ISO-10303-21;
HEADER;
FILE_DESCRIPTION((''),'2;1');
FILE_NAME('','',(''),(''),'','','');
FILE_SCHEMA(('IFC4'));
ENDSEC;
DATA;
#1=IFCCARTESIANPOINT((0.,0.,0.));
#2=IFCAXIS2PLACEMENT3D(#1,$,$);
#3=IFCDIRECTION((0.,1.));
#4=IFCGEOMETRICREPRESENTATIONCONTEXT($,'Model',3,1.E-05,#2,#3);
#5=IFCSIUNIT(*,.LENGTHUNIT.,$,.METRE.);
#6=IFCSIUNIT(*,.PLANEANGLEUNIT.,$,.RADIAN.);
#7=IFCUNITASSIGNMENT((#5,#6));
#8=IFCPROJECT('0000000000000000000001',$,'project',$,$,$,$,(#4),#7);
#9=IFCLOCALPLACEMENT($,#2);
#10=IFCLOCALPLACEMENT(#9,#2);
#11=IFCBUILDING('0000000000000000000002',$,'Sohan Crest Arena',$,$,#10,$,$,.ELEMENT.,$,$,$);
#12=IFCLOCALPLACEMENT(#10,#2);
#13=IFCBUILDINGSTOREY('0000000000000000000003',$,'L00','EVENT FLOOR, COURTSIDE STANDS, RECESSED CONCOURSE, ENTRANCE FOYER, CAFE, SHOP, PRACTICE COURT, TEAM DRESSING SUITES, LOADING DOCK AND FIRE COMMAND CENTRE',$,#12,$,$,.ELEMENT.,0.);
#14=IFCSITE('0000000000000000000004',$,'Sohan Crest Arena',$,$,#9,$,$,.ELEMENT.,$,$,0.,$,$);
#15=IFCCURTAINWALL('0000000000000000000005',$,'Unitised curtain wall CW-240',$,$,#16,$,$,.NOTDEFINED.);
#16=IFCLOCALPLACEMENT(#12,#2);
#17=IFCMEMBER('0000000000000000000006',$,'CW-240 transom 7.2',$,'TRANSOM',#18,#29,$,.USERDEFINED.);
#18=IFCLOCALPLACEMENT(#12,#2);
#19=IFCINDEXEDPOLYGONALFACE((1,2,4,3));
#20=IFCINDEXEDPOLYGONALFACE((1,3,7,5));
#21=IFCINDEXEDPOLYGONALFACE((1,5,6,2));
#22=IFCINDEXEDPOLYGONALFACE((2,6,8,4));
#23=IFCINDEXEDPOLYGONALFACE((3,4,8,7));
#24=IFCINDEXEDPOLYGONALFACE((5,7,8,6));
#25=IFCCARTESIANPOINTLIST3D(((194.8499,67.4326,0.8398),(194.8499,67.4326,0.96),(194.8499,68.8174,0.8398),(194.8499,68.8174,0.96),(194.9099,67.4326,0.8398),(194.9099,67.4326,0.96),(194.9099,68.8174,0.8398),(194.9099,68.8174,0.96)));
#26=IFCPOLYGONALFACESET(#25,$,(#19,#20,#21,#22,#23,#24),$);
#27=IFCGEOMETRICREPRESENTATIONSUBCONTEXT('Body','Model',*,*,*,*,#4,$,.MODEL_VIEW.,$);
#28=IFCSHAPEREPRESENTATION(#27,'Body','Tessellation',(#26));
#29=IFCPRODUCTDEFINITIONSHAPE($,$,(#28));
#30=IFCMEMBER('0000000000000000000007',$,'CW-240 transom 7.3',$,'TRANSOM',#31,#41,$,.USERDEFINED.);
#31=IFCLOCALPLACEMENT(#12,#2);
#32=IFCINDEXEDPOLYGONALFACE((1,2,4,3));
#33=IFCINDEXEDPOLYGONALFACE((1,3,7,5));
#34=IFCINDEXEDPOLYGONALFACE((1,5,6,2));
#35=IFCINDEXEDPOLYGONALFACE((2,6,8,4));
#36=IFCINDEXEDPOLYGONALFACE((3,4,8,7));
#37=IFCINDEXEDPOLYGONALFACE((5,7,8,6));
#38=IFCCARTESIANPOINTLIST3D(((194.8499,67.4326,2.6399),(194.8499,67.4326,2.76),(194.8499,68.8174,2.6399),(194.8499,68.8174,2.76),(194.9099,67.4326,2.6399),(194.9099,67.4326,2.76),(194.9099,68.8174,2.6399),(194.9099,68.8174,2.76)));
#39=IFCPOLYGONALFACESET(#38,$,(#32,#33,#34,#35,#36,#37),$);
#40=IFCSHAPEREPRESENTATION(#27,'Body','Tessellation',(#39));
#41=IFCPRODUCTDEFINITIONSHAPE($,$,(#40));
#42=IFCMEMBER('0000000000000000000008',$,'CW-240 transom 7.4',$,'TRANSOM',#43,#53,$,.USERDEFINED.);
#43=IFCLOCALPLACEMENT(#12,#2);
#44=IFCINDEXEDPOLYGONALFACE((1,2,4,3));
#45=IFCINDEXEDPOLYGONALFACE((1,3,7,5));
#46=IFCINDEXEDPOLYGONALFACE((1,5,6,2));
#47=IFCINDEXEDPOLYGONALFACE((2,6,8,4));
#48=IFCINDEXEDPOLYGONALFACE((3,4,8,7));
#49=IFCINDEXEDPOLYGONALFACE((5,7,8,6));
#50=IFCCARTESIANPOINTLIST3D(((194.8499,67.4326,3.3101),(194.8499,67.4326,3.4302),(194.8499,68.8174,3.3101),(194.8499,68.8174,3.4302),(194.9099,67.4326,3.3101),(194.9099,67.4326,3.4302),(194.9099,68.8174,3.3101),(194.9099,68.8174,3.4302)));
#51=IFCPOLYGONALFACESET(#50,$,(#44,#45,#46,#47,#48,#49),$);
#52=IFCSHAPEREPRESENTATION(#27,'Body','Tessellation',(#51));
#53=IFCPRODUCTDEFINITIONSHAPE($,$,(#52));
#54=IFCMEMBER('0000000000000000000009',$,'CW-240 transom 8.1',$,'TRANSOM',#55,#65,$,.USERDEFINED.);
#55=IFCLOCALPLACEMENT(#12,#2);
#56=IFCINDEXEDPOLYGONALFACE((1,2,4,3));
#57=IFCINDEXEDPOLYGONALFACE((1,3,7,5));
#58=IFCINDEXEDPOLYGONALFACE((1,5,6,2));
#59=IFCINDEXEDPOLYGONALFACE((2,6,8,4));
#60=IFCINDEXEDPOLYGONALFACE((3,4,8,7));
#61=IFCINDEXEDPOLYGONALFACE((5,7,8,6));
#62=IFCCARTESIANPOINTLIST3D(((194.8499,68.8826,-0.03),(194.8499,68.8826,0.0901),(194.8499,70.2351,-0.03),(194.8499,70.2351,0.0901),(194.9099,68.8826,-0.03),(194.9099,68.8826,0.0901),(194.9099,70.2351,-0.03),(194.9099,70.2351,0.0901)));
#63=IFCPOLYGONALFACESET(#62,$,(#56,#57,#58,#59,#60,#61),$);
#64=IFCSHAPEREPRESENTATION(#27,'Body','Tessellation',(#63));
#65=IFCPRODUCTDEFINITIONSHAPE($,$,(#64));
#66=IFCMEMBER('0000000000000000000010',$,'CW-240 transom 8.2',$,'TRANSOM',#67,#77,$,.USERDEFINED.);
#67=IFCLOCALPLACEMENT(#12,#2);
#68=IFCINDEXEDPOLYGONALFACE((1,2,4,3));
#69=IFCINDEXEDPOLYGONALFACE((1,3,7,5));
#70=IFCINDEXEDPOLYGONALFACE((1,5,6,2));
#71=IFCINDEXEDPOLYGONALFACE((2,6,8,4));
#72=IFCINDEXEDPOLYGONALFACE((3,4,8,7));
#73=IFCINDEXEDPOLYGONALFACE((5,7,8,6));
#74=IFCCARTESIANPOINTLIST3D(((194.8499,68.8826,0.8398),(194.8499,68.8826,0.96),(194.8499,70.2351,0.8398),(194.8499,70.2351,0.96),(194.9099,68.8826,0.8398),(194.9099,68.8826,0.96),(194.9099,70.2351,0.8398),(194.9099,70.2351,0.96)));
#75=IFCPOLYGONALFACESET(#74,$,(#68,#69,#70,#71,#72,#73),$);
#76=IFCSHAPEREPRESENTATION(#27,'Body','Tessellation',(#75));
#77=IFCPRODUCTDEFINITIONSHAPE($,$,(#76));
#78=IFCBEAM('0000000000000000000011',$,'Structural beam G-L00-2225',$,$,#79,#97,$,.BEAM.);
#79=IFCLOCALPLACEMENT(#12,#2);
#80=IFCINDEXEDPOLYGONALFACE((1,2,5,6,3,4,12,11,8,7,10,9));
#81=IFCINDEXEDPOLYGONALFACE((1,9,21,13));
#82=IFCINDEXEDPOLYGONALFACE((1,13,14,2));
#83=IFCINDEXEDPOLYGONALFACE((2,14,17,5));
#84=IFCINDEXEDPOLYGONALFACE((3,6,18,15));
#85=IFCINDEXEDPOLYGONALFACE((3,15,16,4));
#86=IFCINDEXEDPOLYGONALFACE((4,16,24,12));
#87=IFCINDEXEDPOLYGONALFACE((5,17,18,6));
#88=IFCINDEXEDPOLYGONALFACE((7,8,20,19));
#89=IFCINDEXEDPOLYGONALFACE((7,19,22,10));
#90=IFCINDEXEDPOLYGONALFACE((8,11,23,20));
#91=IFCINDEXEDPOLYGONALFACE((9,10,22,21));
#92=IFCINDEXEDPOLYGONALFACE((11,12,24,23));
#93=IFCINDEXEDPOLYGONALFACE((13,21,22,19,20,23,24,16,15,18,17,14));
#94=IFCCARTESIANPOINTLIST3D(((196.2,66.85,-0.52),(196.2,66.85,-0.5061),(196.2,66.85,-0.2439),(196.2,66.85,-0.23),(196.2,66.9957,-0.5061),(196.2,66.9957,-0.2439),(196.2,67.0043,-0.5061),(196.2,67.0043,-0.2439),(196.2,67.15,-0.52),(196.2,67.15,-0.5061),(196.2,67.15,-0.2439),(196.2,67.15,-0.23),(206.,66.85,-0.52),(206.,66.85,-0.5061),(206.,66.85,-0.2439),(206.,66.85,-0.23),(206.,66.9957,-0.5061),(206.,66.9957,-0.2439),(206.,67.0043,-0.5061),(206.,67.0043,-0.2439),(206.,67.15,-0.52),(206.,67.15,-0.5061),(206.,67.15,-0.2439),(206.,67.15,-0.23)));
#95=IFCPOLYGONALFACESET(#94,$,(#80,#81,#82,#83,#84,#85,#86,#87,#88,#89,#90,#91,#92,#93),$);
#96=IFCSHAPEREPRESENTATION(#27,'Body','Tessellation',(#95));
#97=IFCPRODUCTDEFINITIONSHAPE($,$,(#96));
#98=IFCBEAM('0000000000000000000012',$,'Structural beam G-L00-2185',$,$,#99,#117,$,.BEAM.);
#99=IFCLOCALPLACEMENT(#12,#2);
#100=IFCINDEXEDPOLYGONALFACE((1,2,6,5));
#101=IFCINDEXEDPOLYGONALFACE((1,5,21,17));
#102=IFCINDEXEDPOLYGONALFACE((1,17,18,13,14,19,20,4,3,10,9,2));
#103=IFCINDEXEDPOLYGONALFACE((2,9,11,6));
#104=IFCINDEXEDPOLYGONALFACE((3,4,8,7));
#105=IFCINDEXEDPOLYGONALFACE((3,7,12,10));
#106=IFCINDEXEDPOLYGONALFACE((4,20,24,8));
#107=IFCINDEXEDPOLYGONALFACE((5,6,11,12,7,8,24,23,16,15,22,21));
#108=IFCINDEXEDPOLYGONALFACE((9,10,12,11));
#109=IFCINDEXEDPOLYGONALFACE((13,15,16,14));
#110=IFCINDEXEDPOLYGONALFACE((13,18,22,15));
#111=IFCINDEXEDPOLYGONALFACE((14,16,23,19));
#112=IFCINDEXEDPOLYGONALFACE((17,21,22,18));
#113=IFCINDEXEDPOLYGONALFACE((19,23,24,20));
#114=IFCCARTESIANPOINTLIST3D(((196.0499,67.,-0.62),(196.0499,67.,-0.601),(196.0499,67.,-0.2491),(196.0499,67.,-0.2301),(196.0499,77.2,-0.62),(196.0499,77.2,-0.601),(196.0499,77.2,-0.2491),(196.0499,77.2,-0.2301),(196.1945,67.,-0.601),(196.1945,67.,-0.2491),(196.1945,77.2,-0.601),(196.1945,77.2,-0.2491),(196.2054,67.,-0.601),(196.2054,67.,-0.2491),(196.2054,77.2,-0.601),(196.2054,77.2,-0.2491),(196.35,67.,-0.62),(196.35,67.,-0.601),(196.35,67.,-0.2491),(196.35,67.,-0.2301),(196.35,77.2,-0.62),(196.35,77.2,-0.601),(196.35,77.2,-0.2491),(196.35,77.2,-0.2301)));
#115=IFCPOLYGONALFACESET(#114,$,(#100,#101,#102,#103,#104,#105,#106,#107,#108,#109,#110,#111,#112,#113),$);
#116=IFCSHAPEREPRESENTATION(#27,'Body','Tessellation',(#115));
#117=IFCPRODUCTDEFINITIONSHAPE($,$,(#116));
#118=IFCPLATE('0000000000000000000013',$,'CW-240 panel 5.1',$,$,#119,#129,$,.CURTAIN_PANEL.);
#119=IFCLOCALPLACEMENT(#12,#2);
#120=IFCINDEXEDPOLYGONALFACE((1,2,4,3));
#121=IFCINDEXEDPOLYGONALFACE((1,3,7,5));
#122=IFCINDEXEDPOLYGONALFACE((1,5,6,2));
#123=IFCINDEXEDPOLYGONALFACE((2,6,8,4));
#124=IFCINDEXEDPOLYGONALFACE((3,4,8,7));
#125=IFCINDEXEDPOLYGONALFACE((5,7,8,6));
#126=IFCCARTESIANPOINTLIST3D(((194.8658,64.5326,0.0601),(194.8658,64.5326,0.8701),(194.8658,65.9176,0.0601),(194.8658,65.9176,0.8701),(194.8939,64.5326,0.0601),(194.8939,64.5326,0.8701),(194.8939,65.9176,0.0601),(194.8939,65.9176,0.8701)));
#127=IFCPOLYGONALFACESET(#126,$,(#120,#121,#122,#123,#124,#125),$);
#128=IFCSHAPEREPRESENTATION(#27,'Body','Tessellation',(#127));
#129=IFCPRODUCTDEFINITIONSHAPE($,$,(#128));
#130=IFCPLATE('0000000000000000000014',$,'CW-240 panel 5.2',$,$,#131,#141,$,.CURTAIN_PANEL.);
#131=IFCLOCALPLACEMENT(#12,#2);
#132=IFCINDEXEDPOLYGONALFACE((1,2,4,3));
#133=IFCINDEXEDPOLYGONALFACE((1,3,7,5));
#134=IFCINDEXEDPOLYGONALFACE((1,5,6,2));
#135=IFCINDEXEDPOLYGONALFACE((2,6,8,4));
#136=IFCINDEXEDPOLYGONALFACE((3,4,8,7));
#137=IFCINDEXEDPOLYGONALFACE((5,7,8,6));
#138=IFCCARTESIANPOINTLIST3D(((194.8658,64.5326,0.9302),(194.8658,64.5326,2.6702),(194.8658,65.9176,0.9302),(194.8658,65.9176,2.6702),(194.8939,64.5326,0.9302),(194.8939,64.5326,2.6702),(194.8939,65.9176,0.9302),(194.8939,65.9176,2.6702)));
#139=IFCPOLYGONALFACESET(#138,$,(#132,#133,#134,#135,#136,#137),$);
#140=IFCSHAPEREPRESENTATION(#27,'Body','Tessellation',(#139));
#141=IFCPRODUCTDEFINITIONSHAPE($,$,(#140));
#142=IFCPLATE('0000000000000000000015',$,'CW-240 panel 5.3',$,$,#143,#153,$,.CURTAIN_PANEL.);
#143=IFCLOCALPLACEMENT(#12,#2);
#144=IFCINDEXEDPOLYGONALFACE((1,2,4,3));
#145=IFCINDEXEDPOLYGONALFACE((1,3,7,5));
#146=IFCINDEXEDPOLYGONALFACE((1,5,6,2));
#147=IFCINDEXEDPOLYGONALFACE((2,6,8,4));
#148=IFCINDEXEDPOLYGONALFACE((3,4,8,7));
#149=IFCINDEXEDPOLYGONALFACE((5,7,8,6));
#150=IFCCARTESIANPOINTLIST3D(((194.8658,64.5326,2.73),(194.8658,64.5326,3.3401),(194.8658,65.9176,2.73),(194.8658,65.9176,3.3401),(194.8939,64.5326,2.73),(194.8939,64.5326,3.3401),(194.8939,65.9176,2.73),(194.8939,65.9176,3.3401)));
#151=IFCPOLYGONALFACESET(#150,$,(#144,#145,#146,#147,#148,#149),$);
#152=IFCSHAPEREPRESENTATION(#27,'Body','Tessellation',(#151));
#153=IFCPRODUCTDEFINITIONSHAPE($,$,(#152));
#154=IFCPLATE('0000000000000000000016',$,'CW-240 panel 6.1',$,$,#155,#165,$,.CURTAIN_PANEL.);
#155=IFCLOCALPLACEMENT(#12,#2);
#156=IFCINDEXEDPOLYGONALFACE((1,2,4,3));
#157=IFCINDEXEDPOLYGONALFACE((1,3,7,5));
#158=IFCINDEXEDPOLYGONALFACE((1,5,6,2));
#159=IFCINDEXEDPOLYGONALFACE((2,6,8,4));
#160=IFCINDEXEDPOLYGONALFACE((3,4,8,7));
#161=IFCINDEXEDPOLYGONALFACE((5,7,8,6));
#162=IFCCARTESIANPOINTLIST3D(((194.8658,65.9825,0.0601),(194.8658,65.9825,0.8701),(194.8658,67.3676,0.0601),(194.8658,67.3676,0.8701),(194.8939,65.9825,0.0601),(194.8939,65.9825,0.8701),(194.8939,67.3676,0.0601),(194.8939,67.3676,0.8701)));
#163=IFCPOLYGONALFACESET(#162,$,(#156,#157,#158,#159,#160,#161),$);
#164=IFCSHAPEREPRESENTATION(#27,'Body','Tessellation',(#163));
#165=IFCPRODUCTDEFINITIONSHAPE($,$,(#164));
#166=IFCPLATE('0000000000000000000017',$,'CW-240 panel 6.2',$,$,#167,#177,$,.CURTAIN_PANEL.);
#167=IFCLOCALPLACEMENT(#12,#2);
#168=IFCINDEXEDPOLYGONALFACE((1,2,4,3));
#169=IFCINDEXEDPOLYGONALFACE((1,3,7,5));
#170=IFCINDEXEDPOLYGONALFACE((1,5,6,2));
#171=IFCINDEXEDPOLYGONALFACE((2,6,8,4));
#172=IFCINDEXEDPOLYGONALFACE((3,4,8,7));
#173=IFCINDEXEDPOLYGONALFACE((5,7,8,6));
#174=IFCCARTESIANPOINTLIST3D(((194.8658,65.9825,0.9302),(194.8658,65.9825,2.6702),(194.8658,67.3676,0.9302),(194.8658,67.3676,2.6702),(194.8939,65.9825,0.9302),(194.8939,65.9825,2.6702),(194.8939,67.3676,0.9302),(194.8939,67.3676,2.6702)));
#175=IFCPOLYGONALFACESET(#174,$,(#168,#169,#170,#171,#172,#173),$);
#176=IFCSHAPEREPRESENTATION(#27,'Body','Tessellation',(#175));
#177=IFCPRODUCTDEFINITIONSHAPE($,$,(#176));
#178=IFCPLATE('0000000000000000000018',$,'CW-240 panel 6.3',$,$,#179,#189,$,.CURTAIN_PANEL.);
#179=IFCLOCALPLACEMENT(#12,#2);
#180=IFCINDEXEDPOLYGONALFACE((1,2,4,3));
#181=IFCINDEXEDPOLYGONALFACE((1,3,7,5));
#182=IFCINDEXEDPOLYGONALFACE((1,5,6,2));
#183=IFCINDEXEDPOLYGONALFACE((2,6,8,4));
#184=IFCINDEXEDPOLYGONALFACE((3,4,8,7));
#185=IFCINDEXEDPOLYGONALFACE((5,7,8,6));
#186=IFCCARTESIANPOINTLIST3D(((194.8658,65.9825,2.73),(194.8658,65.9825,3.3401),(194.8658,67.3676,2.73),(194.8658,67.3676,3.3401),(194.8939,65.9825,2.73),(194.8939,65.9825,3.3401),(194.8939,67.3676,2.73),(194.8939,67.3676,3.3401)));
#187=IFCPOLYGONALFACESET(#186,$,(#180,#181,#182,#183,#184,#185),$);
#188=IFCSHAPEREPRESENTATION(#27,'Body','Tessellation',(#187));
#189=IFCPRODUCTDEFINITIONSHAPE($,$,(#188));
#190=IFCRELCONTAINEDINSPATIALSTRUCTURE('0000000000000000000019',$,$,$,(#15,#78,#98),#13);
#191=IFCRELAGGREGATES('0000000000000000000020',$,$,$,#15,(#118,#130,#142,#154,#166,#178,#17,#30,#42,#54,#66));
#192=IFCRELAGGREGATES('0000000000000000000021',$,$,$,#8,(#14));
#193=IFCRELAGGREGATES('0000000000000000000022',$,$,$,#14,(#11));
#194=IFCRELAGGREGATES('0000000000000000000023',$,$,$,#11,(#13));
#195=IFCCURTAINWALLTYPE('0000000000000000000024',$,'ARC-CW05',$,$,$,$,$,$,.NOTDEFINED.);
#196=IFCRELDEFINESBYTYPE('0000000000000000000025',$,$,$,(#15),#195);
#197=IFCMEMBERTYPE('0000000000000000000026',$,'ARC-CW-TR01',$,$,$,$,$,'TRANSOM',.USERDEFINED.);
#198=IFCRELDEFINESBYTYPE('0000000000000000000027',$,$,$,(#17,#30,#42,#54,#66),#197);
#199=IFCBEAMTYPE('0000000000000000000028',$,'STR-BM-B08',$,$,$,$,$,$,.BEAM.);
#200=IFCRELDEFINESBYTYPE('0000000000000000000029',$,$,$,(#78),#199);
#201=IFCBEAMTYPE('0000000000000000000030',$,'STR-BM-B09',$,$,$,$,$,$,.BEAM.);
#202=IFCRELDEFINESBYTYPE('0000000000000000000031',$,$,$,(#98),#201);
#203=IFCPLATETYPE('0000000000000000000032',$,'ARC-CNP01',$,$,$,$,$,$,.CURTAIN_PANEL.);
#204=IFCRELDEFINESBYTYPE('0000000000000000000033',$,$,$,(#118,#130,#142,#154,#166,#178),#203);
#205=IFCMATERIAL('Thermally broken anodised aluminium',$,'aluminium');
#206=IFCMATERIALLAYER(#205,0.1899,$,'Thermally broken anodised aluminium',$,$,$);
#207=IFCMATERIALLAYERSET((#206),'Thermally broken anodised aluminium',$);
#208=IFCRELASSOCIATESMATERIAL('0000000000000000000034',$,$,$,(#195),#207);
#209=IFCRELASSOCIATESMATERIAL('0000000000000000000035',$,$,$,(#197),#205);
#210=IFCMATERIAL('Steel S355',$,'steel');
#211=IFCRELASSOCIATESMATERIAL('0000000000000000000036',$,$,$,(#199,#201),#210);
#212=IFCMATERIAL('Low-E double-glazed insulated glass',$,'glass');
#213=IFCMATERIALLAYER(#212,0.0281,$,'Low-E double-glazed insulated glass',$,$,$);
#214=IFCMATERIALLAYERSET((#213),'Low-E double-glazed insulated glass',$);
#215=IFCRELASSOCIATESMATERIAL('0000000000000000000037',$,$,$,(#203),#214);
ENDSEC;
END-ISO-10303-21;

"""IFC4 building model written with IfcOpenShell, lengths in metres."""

from ifc_helpers import new_model, si_unit, direction, frame, origin, origin_2d, place, context, subcontext, project, spatial, rectangle, i_section, extrude, material, layer, layer_set, material_profile, profile_set, type_object, element, aggregate, save


model = new_model("IFC4")

# Units and contexts
model_context = context("Model", 3, precision=1e-05, world=origin(), true_north=direction((0.0, 1.0)))
body_context = subcontext(model_context, "Body", "Model", "MODEL_VIEW")
ifc_project = project(units=[si_unit("LENGTHUNIT", "METRE"), si_unit("PLANEANGLEUNIT", "RADIAN")], contexts=[model_context])

# Site, building, storey
site_placement = place(None, origin())
site = spatial("IfcSite", under=ifc_project, at=site_placement, Name="Sohan Crest Arena", CompositionType="ELEMENT", RefElevation=0.0)
building_placement = place(site_placement, origin())
building = spatial("IfcBuilding", under=site, at=building_placement, Name="Sohan Crest Arena", CompositionType="ELEMENT")
storey_placement = place(building_placement, origin())
storey = spatial("IfcBuildingStorey", under=building, at=storey_placement, Name="L00", Description="EVENT FLOOR, COURTSIDE STANDS, RECESSED CONCOURSE, ENTRANCE FOYER, CAFE, SHOP, PRACTICE COURT, TEAM DRESSING SUITES, LOADING DOCK AND FIRE COMMAND CENTRE", CompositionType="ELEMENT", Elevation=0.0)

# Curtain wall, members
ifc_material_1 = material(Name="Thermally broken anodised aluminium", Category="aluminium")
ifc_layer_1 = layer(ifc_material_1, 0.1899, Name="Thermally broken anodised aluminium")
ifc_layer_set_1 = layer_set([ifc_layer_1], Name="Thermally broken anodised aluminium")
curtain_wall_type = type_object("IfcCurtainWallType", Name="ARC-CW05", PredefinedType="NOTDEFINED", material=ifc_layer_set_1)
curtain_wall_placement = place(storey_placement, origin())
curtain_wall = element("IfcCurtainWall", 1, at=curtain_wall_placement, inside=storey, type_object=curtain_wall_type, Name="Unitised curtain wall CW-240", PredefinedType="NOTDEFINED")
ifc_material_profile_1 = material_profile(ifc_material_1, rectangle(XDim=0.0601, YDim=0.1201, at=origin_2d()), Name="ALU-TRAN 60x120")
ifc_profile_set_1 = profile_set([ifc_material_profile_1], Name="Thermally broken anodised aluminium")
member_type_1 = type_object("IfcMemberType", Name="ARC-CW-TR01", ElementType="TRANSOM", PredefinedType="USERDEFINED", material=ifc_profile_set_1)
member_1_placement = place(storey_placement, frame((194.8799, 67.4326, 0.8999), z_axis=(0.0, 1.0, 0.0), x_axis=(-1.0, 0.0, 0.0)))
member_1 = element("IfcMember", 2, at=member_1_placement, type_object=member_type_1, Name="CW-240 transom 7.2", ObjectType="TRANSOM", PredefinedType="USERDEFINED", context=body_context, shape_type="SweptSolid", body=[
    extrude(rectangle(XDim=0.0601, YDim=0.1201, at=origin_2d()), origin(), (0.0, 0.0, 1.0), 1.3848),
])
member_2_placement = place(storey_placement, frame((194.8799, 67.4326, 2.7), z_axis=(0.0, 1.0, 0.0), x_axis=(-1.0, 0.0, 0.0)))
member_2 = element("IfcMember", 3, at=member_2_placement, type_object=member_type_1, Name="CW-240 transom 7.3", ObjectType="TRANSOM", PredefinedType="USERDEFINED", context=body_context, shape_type="SweptSolid", body=[
    extrude(rectangle(XDim=0.0601, YDim=0.1201, at=origin_2d()), origin(), (0.0, 0.0, 1.0), 1.3848),
])
member_3_placement = place(storey_placement, frame((194.8799, 67.4326, 3.3701), z_axis=(0.0, 1.0, 0.0), x_axis=(-1.0, 0.0, 0.0)))
member_3 = element("IfcMember", 4, at=member_3_placement, type_object=member_type_1, Name="CW-240 transom 7.4", ObjectType="TRANSOM", PredefinedType="USERDEFINED", context=body_context, shape_type="SweptSolid", body=[
    extrude(rectangle(XDim=0.0601, YDim=0.1201, at=origin_2d()), origin(), (0.0, 0.0, 1.0), 1.3848),
])
member_4_placement = place(storey_placement, frame((194.8799, 68.8826, 0.03), z_axis=(0.0, 1.0, 0.0), x_axis=(-1.0, 0.0, 0.0)))
member_4 = element("IfcMember", 5, at=member_4_placement, type_object=member_type_1, Name="CW-240 transom 8.1", ObjectType="TRANSOM", PredefinedType="USERDEFINED", context=body_context, shape_type="SweptSolid", body=[
    extrude(rectangle(XDim=0.0601, YDim=0.1201, at=origin_2d()), origin(), (0.0, 0.0, 1.0), 1.3525),
])
member_5_placement = place(storey_placement, frame((194.8799, 68.8826, 0.8999), z_axis=(0.0, 1.0, 0.0), x_axis=(-1.0, 0.0, 0.0)))
member_5 = element("IfcMember", 6, at=member_5_placement, type_object=member_type_1, Name="CW-240 transom 8.2", ObjectType="TRANSOM", PredefinedType="USERDEFINED", context=body_context, shape_type="SweptSolid", body=[
    extrude(rectangle(XDim=0.0601, YDim=0.1201, at=origin_2d()), origin(), (0.0, 0.0, 1.0), 1.3525),
])

# Beams
ifc_material_2 = material(Name="Steel S355", Category="steel")
ifc_material_profile_2 = material_profile(ifc_material_2, i_section(OverallWidth=0.3, OverallDepth=0.29, WebThickness=0.0085, FlangeThickness=0.0139, at=origin_2d()), Name="HEA 300")
ifc_profile_set_2 = profile_set([ifc_material_profile_2], Name="Steel S355")
beam_type_1 = type_object("IfcBeamType", Name="STR-BM-B08", PredefinedType="BEAM", material=ifc_profile_set_2)
beam_1_placement = place(storey_placement, frame((196.2, 67.0, -0.375), z_axis=(1.0, 0.0, 0.0), x_axis=(0.0, 1.0, 0.0)))
element("IfcBeam", 7, at=beam_1_placement, inside=storey, type_object=beam_type_1, Name="Structural beam G-L00-2225", PredefinedType="BEAM", context=body_context, shape_type="SweptSolid", body=[
    extrude(i_section(OverallWidth=0.3, OverallDepth=0.29, WebThickness=0.0085, FlangeThickness=0.0139, at=origin_2d()), origin(), (0.0, 0.0, 1.0), 9.8),
])
ifc_material_profile_3 = material_profile(ifc_material_2, i_section(OverallWidth=0.3, OverallDepth=0.3899, WebThickness=0.011, FlangeThickness=0.019, at=origin_2d()), Name="HEA 400")
ifc_profile_set_3 = profile_set([ifc_material_profile_3], Name="Steel S355")
beam_type_2 = type_object("IfcBeamType", Name="STR-BM-B09", PredefinedType="BEAM", material=ifc_profile_set_3)
beam_2_placement = place(storey_placement, frame((196.2, 67.0, -0.425), z_axis=(0.0, 1.0, 0.0), x_axis=(-1.0, 0.0, 0.0)))
element("IfcBeam", 8, at=beam_2_placement, inside=storey, type_object=beam_type_2, Name="Structural beam G-L00-2185", PredefinedType="BEAM", context=body_context, shape_type="SweptSolid", body=[
    extrude(i_section(OverallWidth=0.3, OverallDepth=0.3899, WebThickness=0.011, FlangeThickness=0.019, at=origin_2d()), origin(), (0.0, 0.0, 1.0), 10.2),
])

# Plates
ifc_material_3 = material(Name="Low-E double-glazed insulated glass", Category="glass")
ifc_layer_2 = layer(ifc_material_3, 0.0281, Name="Low-E double-glazed insulated glass")
ifc_layer_set_2 = layer_set([ifc_layer_2], Name="Low-E double-glazed insulated glass")
plate_type = type_object("IfcPlateType", Name="ARC-CNP01", PredefinedType="CURTAIN_PANEL", material=ifc_layer_set_2)
plate_1_placement = place(storey_placement, frame((194.8799, 65.2251, 0.0601), z_axis=(0.0, 0.0, 1.0), x_axis=(0.0, 1.0, 0.0)))
plate_1 = element("IfcPlate", 9, at=plate_1_placement, type_object=plate_type, Name="CW-240 panel 5.1", PredefinedType="CURTAIN_PANEL", context=body_context, shape_type="SweptSolid", body=[
    extrude(rectangle(XDim=1.385, YDim=0.0281, at=origin_2d()), origin(), (0.0, 0.0, 1.0), 0.8101),
])
plate_2_placement = place(storey_placement, frame((194.8799, 65.2251, 0.9302), z_axis=(0.0, 0.0, 1.0), x_axis=(0.0, 1.0, 0.0)))
plate_2 = element("IfcPlate", 10, at=plate_2_placement, type_object=plate_type, Name="CW-240 panel 5.2", PredefinedType="CURTAIN_PANEL", context=body_context, shape_type="SweptSolid", body=[
    extrude(rectangle(XDim=1.385, YDim=0.0281, at=origin_2d()), origin(), (0.0, 0.0, 1.0), 1.74),
])
plate_3_placement = place(storey_placement, frame((194.8799, 65.2251, 2.73), z_axis=(0.0, 0.0, 1.0), x_axis=(0.0, 1.0, 0.0)))
plate_3 = element("IfcPlate", 11, at=plate_3_placement, type_object=plate_type, Name="CW-240 panel 5.3", PredefinedType="CURTAIN_PANEL", context=body_context, shape_type="SweptSolid", body=[
    extrude(rectangle(XDim=1.385, YDim=0.0281, at=origin_2d()), origin(), (0.0, 0.0, 1.0), 0.6101),
])
plate_4_placement = place(storey_placement, frame((194.8799, 66.675, 0.0601), z_axis=(0.0, 0.0, 1.0), x_axis=(0.0, 1.0, 0.0)))
plate_4 = element("IfcPlate", 12, at=plate_4_placement, type_object=plate_type, Name="CW-240 panel 6.1", PredefinedType="CURTAIN_PANEL", context=body_context, shape_type="SweptSolid", body=[
    extrude(rectangle(XDim=1.385, YDim=0.0281, at=origin_2d()), origin(), (0.0, 0.0, 1.0), 0.8101),
])
plate_5_placement = place(storey_placement, frame((194.8799, 66.675, 0.9302), z_axis=(0.0, 0.0, 1.0), x_axis=(0.0, 1.0, 0.0)))
plate_5 = element("IfcPlate", 13, at=plate_5_placement, type_object=plate_type, Name="CW-240 panel 6.2", PredefinedType="CURTAIN_PANEL", context=body_context, shape_type="SweptSolid", body=[
    extrude(rectangle(XDim=1.385, YDim=0.0281, at=origin_2d()), origin(), (0.0, 0.0, 1.0), 1.74),
])
plate_6_placement = place(storey_placement, frame((194.8799, 66.675, 2.73), z_axis=(0.0, 0.0, 1.0), x_axis=(0.0, 1.0, 0.0)))
plate_6 = element("IfcPlate", 14, at=plate_6_placement, type_object=plate_type, Name="CW-240 panel 6.3", PredefinedType="CURTAIN_PANEL", context=body_context, shape_type="SweptSolid", body=[
    extrude(rectangle(XDim=1.385, YDim=0.0281, at=origin_2d()), origin(), (0.0, 0.0, 1.0), 0.6101),
])
aggregate(curtain_wall, [plate_1, plate_2, plate_3, plate_4, plate_5, plate_6, member_1, member_2, member_3, member_4, member_5])

save(model, "model.ifc")
